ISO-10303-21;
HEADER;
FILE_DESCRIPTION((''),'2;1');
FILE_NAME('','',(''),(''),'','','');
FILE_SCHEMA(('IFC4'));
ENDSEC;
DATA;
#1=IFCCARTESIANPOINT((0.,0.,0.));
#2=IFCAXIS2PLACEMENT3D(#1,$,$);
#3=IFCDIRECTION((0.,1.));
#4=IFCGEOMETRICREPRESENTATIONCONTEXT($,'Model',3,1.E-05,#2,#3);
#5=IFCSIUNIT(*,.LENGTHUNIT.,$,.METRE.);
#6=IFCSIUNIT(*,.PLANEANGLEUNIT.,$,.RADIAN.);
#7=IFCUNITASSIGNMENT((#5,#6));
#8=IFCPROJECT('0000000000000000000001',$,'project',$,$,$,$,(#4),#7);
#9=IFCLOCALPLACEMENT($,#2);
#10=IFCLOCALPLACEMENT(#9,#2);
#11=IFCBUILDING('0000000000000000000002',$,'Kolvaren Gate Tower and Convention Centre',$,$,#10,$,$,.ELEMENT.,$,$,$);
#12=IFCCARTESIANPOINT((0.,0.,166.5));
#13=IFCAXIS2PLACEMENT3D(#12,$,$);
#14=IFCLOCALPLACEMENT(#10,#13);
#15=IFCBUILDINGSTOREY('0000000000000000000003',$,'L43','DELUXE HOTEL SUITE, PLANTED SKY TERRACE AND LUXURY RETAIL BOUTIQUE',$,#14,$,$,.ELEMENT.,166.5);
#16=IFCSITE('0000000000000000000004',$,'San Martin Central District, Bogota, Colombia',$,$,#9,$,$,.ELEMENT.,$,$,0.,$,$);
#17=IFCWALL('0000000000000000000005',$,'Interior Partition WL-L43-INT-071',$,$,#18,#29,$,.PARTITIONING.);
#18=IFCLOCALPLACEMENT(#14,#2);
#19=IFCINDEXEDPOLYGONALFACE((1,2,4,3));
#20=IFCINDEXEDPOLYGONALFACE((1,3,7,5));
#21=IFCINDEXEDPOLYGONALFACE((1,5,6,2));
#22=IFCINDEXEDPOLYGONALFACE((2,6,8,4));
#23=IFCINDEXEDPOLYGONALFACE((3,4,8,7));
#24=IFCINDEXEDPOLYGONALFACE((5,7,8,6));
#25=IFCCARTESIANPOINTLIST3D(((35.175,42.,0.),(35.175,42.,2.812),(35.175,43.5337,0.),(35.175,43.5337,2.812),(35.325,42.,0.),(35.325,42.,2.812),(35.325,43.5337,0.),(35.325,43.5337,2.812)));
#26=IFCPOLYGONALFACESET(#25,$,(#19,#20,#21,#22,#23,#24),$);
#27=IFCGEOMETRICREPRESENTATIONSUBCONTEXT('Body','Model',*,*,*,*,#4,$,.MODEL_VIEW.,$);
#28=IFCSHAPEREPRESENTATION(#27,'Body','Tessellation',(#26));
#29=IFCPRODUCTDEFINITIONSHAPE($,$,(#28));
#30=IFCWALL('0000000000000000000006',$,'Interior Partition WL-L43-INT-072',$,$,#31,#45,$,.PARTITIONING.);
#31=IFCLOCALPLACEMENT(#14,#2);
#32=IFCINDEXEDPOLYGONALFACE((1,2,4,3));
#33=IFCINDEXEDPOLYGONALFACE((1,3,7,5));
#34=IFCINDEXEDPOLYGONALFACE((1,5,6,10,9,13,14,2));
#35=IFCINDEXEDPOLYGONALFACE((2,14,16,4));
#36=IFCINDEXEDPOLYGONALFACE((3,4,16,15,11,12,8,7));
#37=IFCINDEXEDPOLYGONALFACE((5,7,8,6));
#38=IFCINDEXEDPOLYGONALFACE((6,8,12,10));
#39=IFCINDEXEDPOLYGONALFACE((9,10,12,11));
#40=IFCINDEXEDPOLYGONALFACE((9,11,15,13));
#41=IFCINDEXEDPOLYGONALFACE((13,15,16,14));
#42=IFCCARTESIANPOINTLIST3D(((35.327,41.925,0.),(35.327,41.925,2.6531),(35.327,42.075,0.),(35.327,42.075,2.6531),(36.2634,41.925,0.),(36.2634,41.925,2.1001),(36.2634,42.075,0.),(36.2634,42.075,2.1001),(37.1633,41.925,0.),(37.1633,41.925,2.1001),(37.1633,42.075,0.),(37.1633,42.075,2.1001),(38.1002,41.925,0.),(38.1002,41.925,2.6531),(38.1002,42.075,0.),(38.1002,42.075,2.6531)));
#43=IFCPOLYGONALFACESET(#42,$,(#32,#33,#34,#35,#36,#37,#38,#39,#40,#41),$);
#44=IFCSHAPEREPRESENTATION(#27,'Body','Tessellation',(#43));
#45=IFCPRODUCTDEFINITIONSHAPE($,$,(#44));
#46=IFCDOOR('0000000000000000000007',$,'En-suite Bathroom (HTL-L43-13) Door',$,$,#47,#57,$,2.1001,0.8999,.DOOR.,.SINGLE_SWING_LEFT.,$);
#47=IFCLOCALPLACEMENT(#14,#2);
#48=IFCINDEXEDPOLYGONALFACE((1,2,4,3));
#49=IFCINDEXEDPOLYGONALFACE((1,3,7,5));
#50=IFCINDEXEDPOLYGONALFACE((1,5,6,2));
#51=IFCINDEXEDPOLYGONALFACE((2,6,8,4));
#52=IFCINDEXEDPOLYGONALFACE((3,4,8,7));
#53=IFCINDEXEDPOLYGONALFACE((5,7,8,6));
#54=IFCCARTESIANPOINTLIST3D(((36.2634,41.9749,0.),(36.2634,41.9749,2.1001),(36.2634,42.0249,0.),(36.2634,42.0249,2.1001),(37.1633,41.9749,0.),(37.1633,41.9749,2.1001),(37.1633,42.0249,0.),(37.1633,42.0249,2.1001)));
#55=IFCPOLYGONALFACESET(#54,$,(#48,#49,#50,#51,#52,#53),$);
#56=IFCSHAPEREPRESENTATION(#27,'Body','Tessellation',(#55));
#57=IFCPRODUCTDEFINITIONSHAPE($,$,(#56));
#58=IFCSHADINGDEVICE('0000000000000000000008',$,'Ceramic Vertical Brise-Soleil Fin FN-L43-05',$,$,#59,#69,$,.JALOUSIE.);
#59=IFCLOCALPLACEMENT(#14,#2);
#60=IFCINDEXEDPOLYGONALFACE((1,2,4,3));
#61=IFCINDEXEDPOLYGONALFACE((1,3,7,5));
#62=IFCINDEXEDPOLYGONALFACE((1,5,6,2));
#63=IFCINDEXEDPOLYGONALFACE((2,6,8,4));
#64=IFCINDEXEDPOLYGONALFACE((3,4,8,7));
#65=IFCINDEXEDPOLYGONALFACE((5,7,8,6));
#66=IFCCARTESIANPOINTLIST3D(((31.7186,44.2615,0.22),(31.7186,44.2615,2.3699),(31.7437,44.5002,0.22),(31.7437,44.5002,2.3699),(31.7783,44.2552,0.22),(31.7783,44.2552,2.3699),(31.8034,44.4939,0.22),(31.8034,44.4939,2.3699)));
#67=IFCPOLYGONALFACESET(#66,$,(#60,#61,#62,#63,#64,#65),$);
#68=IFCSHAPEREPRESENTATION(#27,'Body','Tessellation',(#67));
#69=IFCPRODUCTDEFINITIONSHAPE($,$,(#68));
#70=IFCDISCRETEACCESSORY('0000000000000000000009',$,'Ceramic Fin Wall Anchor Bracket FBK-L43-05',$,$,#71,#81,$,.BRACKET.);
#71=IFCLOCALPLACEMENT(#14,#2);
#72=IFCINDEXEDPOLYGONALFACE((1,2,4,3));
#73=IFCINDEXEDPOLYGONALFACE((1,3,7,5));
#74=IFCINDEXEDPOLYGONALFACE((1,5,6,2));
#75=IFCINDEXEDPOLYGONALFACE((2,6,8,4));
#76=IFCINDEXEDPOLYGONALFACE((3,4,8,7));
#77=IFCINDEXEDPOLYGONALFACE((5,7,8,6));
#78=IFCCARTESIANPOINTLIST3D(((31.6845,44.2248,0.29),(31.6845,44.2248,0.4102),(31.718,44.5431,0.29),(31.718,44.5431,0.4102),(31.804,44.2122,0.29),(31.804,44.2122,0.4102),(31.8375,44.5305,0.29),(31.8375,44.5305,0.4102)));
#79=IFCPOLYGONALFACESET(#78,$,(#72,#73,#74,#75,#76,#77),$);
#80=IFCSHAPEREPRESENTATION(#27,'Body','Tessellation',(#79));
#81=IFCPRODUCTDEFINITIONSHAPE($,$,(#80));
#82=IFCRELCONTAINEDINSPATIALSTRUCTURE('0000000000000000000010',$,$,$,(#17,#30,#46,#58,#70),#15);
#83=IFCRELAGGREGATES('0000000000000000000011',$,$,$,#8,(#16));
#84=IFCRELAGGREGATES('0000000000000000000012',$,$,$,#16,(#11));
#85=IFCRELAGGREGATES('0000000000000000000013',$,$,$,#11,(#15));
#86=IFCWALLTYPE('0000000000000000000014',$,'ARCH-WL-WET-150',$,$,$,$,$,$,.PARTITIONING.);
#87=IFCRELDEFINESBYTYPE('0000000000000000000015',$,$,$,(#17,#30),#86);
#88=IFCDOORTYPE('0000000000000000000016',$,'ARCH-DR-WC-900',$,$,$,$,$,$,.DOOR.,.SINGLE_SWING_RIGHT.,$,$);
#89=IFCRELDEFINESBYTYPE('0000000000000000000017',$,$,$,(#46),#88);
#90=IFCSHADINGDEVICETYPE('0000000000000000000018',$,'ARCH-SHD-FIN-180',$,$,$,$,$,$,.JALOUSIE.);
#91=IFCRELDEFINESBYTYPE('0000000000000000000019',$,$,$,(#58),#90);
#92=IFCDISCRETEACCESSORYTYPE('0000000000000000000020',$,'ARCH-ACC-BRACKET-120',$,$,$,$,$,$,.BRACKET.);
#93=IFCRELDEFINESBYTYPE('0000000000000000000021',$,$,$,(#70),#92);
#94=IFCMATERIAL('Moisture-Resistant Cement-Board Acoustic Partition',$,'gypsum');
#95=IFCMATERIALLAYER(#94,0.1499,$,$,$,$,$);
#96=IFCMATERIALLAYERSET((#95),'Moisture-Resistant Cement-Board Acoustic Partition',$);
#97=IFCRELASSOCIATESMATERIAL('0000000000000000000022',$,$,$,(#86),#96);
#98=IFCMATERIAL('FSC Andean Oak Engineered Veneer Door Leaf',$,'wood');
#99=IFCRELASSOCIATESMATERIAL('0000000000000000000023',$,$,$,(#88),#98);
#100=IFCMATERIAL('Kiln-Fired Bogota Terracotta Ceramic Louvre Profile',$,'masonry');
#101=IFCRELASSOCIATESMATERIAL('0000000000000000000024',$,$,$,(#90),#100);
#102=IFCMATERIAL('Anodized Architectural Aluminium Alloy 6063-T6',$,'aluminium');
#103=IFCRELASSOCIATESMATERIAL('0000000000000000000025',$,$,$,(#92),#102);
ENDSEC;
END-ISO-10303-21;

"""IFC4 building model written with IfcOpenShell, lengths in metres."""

from ifc_helpers import new_model, si_unit, direction, frame, frame_2d, origin, origin_2d, place, context, subcontext, project, spatial, rectangle, extrude, material, layer, layer_set, type_object, element, fill, save


model = new_model("IFC4")

# Units and contexts
model_context = context("Model", 3, precision=1e-05, world=origin(), true_north=direction((0.0, 1.0)))
body_context = subcontext(model_context, "Body", "Model", "MODEL_VIEW")
ifc_project = project(units=[si_unit("LENGTHUNIT", "METRE"), si_unit("PLANEANGLEUNIT", "RADIAN")], contexts=[model_context])

# Site, building, storey
site_placement = place(None, origin())
site = spatial("IfcSite", under=ifc_project, at=site_placement, Name="San Martin Central District, Bogota, Colombia", CompositionType="ELEMENT", RefElevation=0.0)
building_placement = place(site_placement, origin())
building = spatial("IfcBuilding", under=site, at=building_placement, Name="Kolvaren Gate Tower and Convention Centre", CompositionType="ELEMENT")
storey_placement = place(building_placement, frame((0.0, 0.0, 166.5)))
storey = spatial("IfcBuildingStorey", under=building, at=storey_placement, Name="L43", Description="DELUXE HOTEL SUITE, PLANTED SKY TERRACE AND LUXURY RETAIL BOUTIQUE", CompositionType="ELEMENT", Elevation=166.5)

# Wall
ifc_material_1 = material(Name="Moisture-Resistant Cement-Board Acoustic Partition", Category="gypsum")
ifc_layer_1 = layer(ifc_material_1, 0.1499)
ifc_layer_set_1 = layer_set([ifc_layer_1], Name="Moisture-Resistant Cement-Board Acoustic Partition")
wall_type_1 = type_object("IfcWallType", Name="ARCH-WL-WET-150", PredefinedType="PARTITIONING", material=ifc_layer_set_1)
wall_1_placement = place(storey_placement, frame((35.25, 42.0, 0.0), z_axis=(0.0, 0.0, 1.0), x_axis=(0.0, 1.0, 0.0)))
element("IfcWall", 1, at=wall_1_placement, inside=storey, type_object=wall_type_1, Name="Interior Partition WL-L43-INT-071", PredefinedType="PARTITIONING", context=body_context, shape_type="SweptSolid", body=[
    extrude(rectangle(XDim=1.5337, YDim=0.1499, at=frame_2d((0.7668, 0.0))), origin(), (0.0, 0.0, 1.0), 2.812),
])

# Wall, opening, door
wall_2_placement = place(storey_placement, frame((35.3269, 42.0, 0.0), z_axis=(0.0, 0.0, 1.0), x_axis=(1.0, 0.0, 0.0)))
wall_2 = element("IfcWall", 2, at=wall_2_placement, inside=storey, type_object=wall_type_1, Name="Interior Partition WL-L43-INT-072", PredefinedType="PARTITIONING", context=body_context, shape_type="SweptSolid", body=[
    extrude(rectangle(XDim=2.7732, YDim=0.1499, at=frame_2d((1.3867, 0.0))), origin(), (0.0, 0.0, 1.0), 2.6531),
])
opening_1_placement = place(wall_2_placement, frame((0.9365, 0.0, 0.0)))
opening_1 = element("IfcOpeningElement", 3, at=opening_1_placement, cuts=wall_2, PredefinedType="OPENING", context=body_context, shape_type="SweptSolid", body=[
    extrude(rectangle(XDim=0.8999, YDim=2.1001, at=frame_2d((0.45, 1.05))), frame((0.0, 0.085, 0.0), z_axis=(0.0, -1.0, 0.0), x_axis=(1.0, 0.0, 0.0)), (0.0, 0.0, 1.0), 0.1699),
])
ifc_material_2 = material(Name="FSC Andean Oak Engineered Veneer Door Leaf", Category="wood")
door_type_1 = type_object("IfcDoorType", Name="ARCH-DR-WC-900", OperationType="SINGLE_SWING_RIGHT", PredefinedType="DOOR", material=ifc_material_2)
door_1_placement = place(opening_1_placement, origin())
door_1 = element("IfcDoor", 4, at=door_1_placement, inside=storey, type_object=door_type_1, Name="En-suite Bathroom (HTL-L43-13) Door", OperationType="SINGLE_SWING_LEFT", OverallHeight=2.1001, OverallWidth=0.8999, PredefinedType="DOOR", context=body_context, shape_type="SweptSolid", body=[
    extrude(rectangle(XDim=0.8999, YDim=2.1001, at=frame_2d((0.45, 1.05))), frame((0.0, 0.0249, 0.0), z_axis=(0.0, -1.0, 0.0), x_axis=(1.0, 0.0, 0.0)), (0.0, 0.0, 1.0), 0.05),
])
fill(opening_1, door_1)

# Shading device
ifc_material_3 = material(Name="Kiln-Fired Bogota Terracotta Ceramic Louvre Profile", Category="masonry")
shading_device_type = type_object("IfcShadingDeviceType", Name="ARCH-SHD-FIN-180", PredefinedType="JALOUSIE", material=ifc_material_3)
shading_device_placement = place(storey_placement, frame((31.761, 44.3777, 0.22), z_axis=(0.0, 0.0, 1.0), x_axis=(0.994499, -0.104744, 0.0)))
element("IfcShadingDevice", 5, at=shading_device_placement, inside=storey, type_object=shading_device_type, Name="Ceramic Vertical Brise-Soleil Fin FN-L43-05", PredefinedType="JALOUSIE", context=body_context, shape_type="SweptSolid", body=[
    extrude(rectangle(XDim=0.0601, YDim=0.24, at=origin_2d()), origin(), (0.0, 0.0, 1.0), 2.1499),
])

# Discrete accessory
ifc_material_4 = material(Name="Anodized Architectural Aluminium Alloy 6063-T6", Category="aluminium")
discrete_accessory_type = type_object("IfcDiscreteAccessoryType", Name="ARCH-ACC-BRACKET-120", PredefinedType="BRACKET", material=ifc_material_4)
discrete_accessory_placement = place(storey_placement, frame((31.761, 44.3777, 0.29), z_axis=(0.0, 0.0, 1.0), x_axis=(0.994499, -0.104744, 0.0)))
element("IfcDiscreteAccessory", 6, at=discrete_accessory_placement, inside=storey, type_object=discrete_accessory_type, Name="Ceramic Fin Wall Anchor Bracket FBK-L43-05", PredefinedType="BRACKET", context=body_context, shape_type="SweptSolid", body=[
    extrude(rectangle(XDim=0.1201, YDim=0.3201, at=origin_2d()), origin(), (0.0, 0.0, 1.0), 0.1201),
])

save(model, "model.ifc")
